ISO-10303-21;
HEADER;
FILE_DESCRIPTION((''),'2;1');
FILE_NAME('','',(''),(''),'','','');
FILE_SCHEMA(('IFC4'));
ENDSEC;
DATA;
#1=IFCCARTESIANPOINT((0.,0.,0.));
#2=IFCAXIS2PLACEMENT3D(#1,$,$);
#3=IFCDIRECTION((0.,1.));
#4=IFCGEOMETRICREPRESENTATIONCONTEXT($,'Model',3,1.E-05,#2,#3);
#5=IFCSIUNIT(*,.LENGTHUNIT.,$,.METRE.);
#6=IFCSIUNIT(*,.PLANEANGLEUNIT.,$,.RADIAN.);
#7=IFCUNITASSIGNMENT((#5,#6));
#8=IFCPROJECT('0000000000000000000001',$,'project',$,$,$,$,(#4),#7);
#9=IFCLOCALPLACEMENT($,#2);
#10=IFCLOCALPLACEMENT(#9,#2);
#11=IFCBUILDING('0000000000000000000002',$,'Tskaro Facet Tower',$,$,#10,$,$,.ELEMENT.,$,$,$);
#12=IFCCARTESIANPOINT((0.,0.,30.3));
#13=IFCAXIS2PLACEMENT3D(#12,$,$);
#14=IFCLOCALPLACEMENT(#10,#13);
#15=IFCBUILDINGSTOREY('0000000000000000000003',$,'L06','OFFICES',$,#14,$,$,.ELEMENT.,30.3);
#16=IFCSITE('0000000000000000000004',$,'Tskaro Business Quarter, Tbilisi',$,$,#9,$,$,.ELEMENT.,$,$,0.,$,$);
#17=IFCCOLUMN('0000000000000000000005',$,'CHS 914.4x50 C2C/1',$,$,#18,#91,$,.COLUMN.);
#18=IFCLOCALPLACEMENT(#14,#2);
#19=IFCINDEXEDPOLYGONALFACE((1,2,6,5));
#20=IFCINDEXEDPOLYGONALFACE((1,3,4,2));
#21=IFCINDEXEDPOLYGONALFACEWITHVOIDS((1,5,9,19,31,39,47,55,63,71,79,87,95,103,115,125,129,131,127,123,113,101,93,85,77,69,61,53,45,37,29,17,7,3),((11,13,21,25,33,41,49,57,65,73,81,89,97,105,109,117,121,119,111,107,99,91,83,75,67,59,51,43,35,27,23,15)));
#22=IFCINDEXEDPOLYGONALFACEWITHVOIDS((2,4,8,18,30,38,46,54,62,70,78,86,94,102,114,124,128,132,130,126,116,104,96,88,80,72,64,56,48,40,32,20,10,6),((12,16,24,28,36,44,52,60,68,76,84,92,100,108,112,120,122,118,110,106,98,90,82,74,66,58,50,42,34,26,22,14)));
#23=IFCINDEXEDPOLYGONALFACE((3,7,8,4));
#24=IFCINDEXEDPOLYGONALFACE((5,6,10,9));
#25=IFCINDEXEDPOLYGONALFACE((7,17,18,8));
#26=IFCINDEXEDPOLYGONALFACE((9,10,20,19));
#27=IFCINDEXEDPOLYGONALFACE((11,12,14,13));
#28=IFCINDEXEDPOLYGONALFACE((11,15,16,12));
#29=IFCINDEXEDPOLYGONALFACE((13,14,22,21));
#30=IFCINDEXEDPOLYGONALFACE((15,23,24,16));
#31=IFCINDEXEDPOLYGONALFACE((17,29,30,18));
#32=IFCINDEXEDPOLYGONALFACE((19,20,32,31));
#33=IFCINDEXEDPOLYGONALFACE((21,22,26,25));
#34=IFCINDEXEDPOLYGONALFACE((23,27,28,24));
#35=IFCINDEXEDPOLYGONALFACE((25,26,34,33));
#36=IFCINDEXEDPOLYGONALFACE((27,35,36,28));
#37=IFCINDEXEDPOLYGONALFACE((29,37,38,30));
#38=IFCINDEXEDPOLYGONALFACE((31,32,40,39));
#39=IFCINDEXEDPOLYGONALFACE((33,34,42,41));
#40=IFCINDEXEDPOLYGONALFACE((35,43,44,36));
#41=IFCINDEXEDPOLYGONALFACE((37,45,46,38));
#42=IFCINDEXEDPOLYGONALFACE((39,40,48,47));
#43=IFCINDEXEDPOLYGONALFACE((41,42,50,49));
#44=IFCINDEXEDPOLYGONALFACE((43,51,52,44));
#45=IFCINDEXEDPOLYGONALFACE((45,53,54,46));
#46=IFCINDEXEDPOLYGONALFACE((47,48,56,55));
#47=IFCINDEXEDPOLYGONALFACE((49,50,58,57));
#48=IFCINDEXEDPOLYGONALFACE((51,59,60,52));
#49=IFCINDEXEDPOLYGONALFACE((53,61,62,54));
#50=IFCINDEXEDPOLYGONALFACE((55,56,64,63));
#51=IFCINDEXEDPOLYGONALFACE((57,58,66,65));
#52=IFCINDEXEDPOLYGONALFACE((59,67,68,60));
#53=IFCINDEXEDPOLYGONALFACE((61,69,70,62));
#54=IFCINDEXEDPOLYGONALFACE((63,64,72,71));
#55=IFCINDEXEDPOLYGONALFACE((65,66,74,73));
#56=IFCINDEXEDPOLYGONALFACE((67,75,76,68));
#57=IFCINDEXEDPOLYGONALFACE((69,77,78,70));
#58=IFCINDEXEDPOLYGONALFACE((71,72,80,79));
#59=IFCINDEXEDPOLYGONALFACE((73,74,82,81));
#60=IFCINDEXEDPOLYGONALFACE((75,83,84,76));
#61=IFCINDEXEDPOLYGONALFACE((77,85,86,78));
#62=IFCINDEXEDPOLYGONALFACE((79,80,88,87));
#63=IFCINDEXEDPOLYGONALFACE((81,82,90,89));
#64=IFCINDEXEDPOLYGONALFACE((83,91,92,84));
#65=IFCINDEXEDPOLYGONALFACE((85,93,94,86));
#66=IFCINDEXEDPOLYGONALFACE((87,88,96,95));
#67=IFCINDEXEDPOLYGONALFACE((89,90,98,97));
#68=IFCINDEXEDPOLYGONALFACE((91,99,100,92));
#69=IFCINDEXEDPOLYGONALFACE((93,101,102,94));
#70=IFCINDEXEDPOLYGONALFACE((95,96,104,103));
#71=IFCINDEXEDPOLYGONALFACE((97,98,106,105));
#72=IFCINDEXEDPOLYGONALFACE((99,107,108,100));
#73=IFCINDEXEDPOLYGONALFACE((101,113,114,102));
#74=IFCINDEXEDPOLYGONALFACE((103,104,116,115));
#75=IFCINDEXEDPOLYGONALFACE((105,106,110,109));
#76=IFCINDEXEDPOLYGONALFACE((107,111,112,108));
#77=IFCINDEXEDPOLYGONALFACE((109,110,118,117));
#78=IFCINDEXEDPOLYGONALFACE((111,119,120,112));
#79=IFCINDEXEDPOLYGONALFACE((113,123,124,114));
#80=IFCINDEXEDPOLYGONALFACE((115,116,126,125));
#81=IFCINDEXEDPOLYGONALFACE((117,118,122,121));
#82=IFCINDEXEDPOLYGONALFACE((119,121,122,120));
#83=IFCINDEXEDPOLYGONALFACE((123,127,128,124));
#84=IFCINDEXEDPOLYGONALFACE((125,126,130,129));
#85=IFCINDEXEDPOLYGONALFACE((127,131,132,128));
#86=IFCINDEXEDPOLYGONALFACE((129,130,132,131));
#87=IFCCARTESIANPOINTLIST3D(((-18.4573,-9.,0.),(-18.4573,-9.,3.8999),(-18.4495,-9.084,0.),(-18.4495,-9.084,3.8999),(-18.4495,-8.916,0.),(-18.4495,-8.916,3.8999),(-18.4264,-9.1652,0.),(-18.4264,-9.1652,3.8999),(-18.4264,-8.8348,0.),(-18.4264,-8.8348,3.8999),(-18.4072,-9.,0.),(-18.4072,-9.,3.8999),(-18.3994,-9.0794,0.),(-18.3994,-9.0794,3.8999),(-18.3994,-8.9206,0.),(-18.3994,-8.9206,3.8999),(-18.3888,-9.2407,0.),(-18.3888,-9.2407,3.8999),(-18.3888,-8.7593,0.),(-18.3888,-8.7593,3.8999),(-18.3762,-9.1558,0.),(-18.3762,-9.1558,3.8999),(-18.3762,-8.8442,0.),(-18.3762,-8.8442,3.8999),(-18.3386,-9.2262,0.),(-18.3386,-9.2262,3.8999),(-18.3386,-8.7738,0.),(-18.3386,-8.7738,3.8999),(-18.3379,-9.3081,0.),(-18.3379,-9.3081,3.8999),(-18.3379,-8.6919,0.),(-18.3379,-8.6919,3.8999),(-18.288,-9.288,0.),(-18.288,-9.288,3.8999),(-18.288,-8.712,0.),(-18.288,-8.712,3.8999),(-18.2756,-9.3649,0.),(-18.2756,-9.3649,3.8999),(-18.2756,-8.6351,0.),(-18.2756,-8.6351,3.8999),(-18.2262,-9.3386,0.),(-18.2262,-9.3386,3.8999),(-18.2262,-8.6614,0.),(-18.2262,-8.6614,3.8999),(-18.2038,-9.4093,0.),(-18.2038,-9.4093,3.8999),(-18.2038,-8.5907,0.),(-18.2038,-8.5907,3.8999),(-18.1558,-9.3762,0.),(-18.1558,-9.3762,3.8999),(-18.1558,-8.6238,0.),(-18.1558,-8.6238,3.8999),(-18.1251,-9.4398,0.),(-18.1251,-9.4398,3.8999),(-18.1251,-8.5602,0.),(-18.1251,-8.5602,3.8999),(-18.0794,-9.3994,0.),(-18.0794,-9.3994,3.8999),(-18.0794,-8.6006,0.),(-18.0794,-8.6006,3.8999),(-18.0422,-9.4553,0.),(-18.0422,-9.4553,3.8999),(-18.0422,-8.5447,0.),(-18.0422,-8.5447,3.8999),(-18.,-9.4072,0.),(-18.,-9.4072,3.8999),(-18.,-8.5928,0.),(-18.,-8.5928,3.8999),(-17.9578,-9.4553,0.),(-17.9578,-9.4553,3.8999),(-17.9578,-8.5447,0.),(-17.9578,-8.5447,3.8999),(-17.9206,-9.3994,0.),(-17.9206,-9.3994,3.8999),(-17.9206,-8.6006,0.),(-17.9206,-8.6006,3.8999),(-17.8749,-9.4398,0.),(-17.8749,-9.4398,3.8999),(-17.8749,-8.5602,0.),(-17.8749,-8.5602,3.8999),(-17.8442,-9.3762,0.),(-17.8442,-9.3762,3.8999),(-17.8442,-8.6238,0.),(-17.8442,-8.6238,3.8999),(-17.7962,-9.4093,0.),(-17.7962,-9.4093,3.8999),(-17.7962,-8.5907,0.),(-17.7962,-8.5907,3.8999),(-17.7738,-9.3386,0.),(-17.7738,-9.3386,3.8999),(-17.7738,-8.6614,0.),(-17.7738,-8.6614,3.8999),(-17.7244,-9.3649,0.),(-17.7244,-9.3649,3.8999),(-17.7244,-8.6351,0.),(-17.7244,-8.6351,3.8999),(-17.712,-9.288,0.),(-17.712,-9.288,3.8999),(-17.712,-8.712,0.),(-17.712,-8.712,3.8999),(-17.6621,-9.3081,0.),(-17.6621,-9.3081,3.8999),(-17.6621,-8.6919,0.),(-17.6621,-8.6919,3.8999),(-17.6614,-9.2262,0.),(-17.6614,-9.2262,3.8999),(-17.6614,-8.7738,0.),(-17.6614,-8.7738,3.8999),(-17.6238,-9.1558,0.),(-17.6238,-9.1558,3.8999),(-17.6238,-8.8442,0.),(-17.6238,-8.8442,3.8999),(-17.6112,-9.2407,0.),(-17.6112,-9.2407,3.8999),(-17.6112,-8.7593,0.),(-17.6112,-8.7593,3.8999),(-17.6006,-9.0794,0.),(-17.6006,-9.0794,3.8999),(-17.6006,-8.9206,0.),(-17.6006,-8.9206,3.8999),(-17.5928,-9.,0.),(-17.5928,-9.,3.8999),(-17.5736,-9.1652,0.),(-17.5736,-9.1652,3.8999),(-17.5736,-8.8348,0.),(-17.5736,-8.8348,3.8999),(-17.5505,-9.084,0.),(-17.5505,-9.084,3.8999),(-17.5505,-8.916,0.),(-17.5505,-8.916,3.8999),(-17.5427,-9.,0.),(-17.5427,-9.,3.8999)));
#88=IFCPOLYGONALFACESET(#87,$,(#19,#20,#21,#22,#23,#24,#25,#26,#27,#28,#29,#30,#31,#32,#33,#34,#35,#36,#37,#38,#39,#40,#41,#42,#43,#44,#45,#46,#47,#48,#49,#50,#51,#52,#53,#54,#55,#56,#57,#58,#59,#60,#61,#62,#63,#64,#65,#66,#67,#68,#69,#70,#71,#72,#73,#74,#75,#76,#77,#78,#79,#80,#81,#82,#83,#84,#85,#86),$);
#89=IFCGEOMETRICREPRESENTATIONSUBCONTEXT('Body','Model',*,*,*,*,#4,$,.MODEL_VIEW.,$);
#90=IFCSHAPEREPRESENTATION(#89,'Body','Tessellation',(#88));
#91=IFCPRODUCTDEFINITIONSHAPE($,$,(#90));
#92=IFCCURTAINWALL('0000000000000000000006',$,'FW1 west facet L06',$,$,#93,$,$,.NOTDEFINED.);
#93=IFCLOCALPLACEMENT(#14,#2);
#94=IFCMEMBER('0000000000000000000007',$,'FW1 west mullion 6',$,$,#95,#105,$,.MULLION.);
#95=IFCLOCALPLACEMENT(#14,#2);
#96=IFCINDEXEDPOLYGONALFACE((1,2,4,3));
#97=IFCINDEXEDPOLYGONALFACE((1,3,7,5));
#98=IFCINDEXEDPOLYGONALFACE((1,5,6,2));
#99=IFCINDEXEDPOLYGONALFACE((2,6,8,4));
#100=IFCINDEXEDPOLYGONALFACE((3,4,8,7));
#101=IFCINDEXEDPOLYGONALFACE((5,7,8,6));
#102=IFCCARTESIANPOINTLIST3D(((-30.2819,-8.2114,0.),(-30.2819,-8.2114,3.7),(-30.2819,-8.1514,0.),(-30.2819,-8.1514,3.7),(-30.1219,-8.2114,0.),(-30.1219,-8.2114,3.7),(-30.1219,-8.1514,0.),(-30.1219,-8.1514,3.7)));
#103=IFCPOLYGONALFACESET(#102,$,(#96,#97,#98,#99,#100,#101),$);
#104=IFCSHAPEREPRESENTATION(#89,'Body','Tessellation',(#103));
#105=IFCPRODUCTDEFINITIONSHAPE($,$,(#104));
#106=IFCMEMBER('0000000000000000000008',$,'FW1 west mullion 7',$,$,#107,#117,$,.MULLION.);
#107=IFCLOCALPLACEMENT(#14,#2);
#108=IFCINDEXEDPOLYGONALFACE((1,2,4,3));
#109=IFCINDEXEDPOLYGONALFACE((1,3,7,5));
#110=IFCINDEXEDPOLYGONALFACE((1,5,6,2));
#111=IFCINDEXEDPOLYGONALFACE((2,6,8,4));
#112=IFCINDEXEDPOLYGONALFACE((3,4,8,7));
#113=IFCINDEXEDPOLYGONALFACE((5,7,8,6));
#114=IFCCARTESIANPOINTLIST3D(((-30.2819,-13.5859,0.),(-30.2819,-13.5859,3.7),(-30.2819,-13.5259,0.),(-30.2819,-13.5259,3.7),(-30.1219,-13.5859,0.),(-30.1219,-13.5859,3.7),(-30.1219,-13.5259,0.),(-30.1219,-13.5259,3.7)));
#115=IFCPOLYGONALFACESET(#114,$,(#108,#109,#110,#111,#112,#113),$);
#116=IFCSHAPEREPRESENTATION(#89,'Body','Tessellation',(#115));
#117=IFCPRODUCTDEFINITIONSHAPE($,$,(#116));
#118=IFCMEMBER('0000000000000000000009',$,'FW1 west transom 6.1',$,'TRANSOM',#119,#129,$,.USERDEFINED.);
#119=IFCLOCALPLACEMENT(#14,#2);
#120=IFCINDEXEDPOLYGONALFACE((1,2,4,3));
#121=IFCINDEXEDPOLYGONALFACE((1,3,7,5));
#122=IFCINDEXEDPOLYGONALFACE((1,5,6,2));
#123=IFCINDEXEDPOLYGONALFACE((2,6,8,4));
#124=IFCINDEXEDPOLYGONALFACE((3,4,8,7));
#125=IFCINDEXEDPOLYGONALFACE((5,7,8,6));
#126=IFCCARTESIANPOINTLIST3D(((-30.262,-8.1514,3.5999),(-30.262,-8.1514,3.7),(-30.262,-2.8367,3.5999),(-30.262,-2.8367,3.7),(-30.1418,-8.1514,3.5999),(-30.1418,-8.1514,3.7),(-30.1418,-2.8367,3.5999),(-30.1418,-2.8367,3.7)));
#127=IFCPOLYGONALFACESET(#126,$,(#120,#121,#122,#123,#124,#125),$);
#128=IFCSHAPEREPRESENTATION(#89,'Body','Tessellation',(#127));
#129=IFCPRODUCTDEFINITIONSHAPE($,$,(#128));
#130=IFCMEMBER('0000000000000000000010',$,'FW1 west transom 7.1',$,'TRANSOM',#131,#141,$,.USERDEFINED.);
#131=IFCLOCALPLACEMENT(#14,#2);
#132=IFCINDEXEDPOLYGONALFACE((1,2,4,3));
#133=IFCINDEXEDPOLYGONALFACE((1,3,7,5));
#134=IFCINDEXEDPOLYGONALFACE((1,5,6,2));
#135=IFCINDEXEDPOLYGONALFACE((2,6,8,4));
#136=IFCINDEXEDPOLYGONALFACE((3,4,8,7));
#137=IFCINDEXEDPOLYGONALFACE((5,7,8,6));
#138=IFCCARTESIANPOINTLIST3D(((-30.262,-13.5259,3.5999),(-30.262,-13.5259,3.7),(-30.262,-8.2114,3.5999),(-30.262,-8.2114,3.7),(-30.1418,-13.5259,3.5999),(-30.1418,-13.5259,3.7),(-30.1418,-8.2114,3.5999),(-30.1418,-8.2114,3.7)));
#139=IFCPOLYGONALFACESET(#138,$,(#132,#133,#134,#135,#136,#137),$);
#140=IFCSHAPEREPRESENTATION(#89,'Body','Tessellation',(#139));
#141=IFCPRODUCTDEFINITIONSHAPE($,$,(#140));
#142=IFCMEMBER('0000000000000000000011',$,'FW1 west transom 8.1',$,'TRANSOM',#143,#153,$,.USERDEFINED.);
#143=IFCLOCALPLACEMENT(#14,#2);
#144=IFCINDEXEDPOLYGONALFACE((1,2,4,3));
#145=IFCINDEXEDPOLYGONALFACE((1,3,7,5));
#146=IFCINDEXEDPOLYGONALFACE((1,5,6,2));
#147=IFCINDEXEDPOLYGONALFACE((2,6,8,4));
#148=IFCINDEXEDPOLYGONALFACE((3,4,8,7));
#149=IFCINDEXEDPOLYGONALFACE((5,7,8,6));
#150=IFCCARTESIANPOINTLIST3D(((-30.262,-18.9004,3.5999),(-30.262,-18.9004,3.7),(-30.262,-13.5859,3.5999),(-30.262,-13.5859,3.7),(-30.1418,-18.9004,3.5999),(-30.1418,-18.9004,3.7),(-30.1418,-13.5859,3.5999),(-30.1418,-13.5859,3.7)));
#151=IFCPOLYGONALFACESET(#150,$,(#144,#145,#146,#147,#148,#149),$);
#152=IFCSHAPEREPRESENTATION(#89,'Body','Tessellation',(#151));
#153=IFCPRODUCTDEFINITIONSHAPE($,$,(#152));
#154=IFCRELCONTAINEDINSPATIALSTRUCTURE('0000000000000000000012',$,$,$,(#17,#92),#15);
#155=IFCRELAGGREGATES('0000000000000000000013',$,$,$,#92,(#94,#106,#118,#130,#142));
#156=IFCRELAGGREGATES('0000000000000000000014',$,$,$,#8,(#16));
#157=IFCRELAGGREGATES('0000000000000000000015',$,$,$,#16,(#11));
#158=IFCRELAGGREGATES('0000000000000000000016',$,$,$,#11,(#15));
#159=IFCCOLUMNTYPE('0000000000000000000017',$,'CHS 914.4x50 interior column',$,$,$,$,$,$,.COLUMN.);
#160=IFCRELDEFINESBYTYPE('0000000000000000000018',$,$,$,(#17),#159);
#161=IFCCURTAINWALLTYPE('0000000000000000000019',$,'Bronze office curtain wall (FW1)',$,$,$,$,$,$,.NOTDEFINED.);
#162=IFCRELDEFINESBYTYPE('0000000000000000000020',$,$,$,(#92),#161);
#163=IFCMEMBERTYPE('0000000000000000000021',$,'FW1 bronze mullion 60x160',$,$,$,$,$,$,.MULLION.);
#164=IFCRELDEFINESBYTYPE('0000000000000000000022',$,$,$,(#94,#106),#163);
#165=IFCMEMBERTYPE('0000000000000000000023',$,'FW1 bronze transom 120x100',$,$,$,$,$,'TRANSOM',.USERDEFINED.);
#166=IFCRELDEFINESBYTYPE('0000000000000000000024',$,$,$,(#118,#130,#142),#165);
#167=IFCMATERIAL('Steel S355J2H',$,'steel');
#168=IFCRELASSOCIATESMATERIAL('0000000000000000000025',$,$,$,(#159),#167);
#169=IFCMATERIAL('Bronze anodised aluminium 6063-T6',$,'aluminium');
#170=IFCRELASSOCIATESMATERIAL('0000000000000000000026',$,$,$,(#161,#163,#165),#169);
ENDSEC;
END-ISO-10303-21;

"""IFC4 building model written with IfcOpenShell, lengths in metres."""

from ifc_helpers import new_model, si_unit, direction, frame, origin, origin_2d, place, context, subcontext, project, spatial, rectangle, hollow_circle, extrude, material, material_profile, profile_set, type_object, element, aggregate, save


model = new_model("IFC4")

# Units and contexts
model_context = context("Model", 3, precision=1e-05, world=origin(), true_north=direction((0.0, 1.0)))
body_context = subcontext(model_context, "Body", "Model", "MODEL_VIEW")
ifc_project = project(units=[si_unit("LENGTHUNIT", "METRE"), si_unit("PLANEANGLEUNIT", "RADIAN")], contexts=[model_context])

# Site, building, storey
site_placement = place(None, origin())
site = spatial("IfcSite", under=ifc_project, at=site_placement, Name="Tskaro Business Quarter, Tbilisi", CompositionType="ELEMENT", RefElevation=0.0)
building_placement = place(site_placement, origin())
building = spatial("IfcBuilding", under=site, at=building_placement, Name="Tskaro Facet Tower", CompositionType="ELEMENT")
storey_placement = place(building_placement, frame((0.0, 0.0, 30.3)))
storey = spatial("IfcBuildingStorey", under=building, at=storey_placement, Name="L06", Description="OFFICES", CompositionType="ELEMENT", Elevation=30.3)

# Column
ifc_material_1 = material(Name="Steel S355J2H", Category="steel")
ifc_material_profile_1 = material_profile(ifc_material_1, hollow_circle(Radius=0.4573, WallThickness=0.05, at=origin_2d()), Name="CHS 914.4x50")
ifc_profile_set_1 = profile_set([ifc_material_profile_1], Name="Steel S355J2H")
column_type_1 = type_object("IfcColumnType", Name="CHS 914.4x50 interior column", PredefinedType="COLUMN", material=ifc_profile_set_1)
column_placement = place(storey_placement, frame((-18.0, -9.0, 0.0), z_axis=(0.0, 0.0, 1.0), x_axis=(1.0, 0.0, 0.0)))
element("IfcColumn", 1, at=column_placement, inside=storey, type_object=column_type_1, Name="CHS 914.4x50 C2C/1", PredefinedType="COLUMN", context=body_context, shape_type="SweptSolid", body=[
    extrude(hollow_circle(Radius=0.4573, WallThickness=0.05, at=origin_2d()), origin(), (0.0, 0.0, 1.0), 3.8999),
])

# Curtain wall, members
ifc_material_2 = material(Name="Bronze anodised aluminium 6063-T6", Category="aluminium")
curtain_wall_type = type_object("IfcCurtainWallType", Name="Bronze office curtain wall (FW1)", PredefinedType="NOTDEFINED", material=ifc_material_2)
curtain_wall_placement = place(storey_placement, origin())
curtain_wall = element("IfcCurtainWall", 2, at=curtain_wall_placement, inside=storey, type_object=curtain_wall_type, Name="FW1 west facet L06", PredefinedType="NOTDEFINED")
ifc_material_profile_2 = material_profile(ifc_material_2, rectangle(XDim=0.0601, YDim=0.1599, at=origin_2d()), Name="Mullion 60x160")
ifc_profile_set_2 = profile_set([ifc_material_profile_2], Name="Bronze anodised aluminium 6063-T6")
member_type_1 = type_object("IfcMemberType", Name="FW1 bronze mullion 60x160", PredefinedType="MULLION", material=ifc_profile_set_2)
member_1_placement = place(storey_placement, frame((-30.2019, -8.1814, 0.0), z_axis=(0.0, 0.0, 1.0), x_axis=(0.0, -1.0, 0.0)))
member_1 = element("IfcMember", 3, at=member_1_placement, type_object=member_type_1, Name="FW1 west mullion 6", PredefinedType="MULLION", context=body_context, shape_type="SweptSolid", body=[
    extrude(rectangle(XDim=0.0601, YDim=0.1599, at=origin_2d()), origin(), (0.0, 0.0, 1.0), 3.7),
])
member_2_placement = place(storey_placement, frame((-30.2019, -13.5559, 0.0), z_axis=(0.0, 0.0, 1.0), x_axis=(0.0, -1.0, 0.0)))
member_2 = element("IfcMember", 4, at=member_2_placement, type_object=member_type_1, Name="FW1 west mullion 7", PredefinedType="MULLION", context=body_context, shape_type="SweptSolid", body=[
    extrude(rectangle(XDim=0.0601, YDim=0.1599, at=origin_2d()), origin(), (0.0, 0.0, 1.0), 3.7),
])
ifc_material_profile_3 = material_profile(ifc_material_2, rectangle(XDim=0.1201, YDim=0.1001, at=origin_2d()), Name="Transom 120x100")
ifc_profile_set_3 = profile_set([ifc_material_profile_3], Name="Bronze anodised aluminium 6063-T6")
member_type_2 = type_object("IfcMemberType", Name="FW1 bronze transom 120x100", ElementType="TRANSOM", PredefinedType="USERDEFINED", material=ifc_profile_set_3)
member_3_placement = place(storey_placement, frame((-30.2019, -2.8367, 3.6499), z_axis=(0.0, -1.0, 0.0), x_axis=(1.0, 0.0, 0.0)))
member_3 = element("IfcMember", 5, at=member_3_placement, type_object=member_type_2, Name="FW1 west transom 6.1", ObjectType="TRANSOM", PredefinedType="USERDEFINED", context=body_context, shape_type="SweptSolid", body=[
    extrude(rectangle(XDim=0.1201, YDim=0.1001, at=origin_2d()), origin(), (0.0, 0.0, 1.0), 5.3147),
])
member_4_placement = place(storey_placement, frame((-30.2019, -8.2114, 3.6499), z_axis=(0.0, -1.0, 0.0), x_axis=(1.0, 0.0, 0.0)))
member_4 = element("IfcMember", 6, at=member_4_placement, type_object=member_type_2, Name="FW1 west transom 7.1", ObjectType="TRANSOM", PredefinedType="USERDEFINED", context=body_context, shape_type="SweptSolid", body=[
    extrude(rectangle(XDim=0.1201, YDim=0.1001, at=origin_2d()), origin(), (0.0, 0.0, 1.0), 5.3145),
])
member_5_placement = place(storey_placement, frame((-30.2019, -13.5859, 3.6499), z_axis=(0.0, -1.0, 0.0), x_axis=(1.0, 0.0, 0.0)))
member_5 = element("IfcMember", 7, at=member_5_placement, type_object=member_type_2, Name="FW1 west transom 8.1", ObjectType="TRANSOM", PredefinedType="USERDEFINED", context=body_context, shape_type="SweptSolid", body=[
    extrude(rectangle(XDim=0.1201, YDim=0.1001, at=origin_2d()), origin(), (0.0, 0.0, 1.0), 5.3145),
])

aggregate(curtain_wall, [member_1, member_2, member_3, member_4, member_5])

save(model, "model.ifc")
